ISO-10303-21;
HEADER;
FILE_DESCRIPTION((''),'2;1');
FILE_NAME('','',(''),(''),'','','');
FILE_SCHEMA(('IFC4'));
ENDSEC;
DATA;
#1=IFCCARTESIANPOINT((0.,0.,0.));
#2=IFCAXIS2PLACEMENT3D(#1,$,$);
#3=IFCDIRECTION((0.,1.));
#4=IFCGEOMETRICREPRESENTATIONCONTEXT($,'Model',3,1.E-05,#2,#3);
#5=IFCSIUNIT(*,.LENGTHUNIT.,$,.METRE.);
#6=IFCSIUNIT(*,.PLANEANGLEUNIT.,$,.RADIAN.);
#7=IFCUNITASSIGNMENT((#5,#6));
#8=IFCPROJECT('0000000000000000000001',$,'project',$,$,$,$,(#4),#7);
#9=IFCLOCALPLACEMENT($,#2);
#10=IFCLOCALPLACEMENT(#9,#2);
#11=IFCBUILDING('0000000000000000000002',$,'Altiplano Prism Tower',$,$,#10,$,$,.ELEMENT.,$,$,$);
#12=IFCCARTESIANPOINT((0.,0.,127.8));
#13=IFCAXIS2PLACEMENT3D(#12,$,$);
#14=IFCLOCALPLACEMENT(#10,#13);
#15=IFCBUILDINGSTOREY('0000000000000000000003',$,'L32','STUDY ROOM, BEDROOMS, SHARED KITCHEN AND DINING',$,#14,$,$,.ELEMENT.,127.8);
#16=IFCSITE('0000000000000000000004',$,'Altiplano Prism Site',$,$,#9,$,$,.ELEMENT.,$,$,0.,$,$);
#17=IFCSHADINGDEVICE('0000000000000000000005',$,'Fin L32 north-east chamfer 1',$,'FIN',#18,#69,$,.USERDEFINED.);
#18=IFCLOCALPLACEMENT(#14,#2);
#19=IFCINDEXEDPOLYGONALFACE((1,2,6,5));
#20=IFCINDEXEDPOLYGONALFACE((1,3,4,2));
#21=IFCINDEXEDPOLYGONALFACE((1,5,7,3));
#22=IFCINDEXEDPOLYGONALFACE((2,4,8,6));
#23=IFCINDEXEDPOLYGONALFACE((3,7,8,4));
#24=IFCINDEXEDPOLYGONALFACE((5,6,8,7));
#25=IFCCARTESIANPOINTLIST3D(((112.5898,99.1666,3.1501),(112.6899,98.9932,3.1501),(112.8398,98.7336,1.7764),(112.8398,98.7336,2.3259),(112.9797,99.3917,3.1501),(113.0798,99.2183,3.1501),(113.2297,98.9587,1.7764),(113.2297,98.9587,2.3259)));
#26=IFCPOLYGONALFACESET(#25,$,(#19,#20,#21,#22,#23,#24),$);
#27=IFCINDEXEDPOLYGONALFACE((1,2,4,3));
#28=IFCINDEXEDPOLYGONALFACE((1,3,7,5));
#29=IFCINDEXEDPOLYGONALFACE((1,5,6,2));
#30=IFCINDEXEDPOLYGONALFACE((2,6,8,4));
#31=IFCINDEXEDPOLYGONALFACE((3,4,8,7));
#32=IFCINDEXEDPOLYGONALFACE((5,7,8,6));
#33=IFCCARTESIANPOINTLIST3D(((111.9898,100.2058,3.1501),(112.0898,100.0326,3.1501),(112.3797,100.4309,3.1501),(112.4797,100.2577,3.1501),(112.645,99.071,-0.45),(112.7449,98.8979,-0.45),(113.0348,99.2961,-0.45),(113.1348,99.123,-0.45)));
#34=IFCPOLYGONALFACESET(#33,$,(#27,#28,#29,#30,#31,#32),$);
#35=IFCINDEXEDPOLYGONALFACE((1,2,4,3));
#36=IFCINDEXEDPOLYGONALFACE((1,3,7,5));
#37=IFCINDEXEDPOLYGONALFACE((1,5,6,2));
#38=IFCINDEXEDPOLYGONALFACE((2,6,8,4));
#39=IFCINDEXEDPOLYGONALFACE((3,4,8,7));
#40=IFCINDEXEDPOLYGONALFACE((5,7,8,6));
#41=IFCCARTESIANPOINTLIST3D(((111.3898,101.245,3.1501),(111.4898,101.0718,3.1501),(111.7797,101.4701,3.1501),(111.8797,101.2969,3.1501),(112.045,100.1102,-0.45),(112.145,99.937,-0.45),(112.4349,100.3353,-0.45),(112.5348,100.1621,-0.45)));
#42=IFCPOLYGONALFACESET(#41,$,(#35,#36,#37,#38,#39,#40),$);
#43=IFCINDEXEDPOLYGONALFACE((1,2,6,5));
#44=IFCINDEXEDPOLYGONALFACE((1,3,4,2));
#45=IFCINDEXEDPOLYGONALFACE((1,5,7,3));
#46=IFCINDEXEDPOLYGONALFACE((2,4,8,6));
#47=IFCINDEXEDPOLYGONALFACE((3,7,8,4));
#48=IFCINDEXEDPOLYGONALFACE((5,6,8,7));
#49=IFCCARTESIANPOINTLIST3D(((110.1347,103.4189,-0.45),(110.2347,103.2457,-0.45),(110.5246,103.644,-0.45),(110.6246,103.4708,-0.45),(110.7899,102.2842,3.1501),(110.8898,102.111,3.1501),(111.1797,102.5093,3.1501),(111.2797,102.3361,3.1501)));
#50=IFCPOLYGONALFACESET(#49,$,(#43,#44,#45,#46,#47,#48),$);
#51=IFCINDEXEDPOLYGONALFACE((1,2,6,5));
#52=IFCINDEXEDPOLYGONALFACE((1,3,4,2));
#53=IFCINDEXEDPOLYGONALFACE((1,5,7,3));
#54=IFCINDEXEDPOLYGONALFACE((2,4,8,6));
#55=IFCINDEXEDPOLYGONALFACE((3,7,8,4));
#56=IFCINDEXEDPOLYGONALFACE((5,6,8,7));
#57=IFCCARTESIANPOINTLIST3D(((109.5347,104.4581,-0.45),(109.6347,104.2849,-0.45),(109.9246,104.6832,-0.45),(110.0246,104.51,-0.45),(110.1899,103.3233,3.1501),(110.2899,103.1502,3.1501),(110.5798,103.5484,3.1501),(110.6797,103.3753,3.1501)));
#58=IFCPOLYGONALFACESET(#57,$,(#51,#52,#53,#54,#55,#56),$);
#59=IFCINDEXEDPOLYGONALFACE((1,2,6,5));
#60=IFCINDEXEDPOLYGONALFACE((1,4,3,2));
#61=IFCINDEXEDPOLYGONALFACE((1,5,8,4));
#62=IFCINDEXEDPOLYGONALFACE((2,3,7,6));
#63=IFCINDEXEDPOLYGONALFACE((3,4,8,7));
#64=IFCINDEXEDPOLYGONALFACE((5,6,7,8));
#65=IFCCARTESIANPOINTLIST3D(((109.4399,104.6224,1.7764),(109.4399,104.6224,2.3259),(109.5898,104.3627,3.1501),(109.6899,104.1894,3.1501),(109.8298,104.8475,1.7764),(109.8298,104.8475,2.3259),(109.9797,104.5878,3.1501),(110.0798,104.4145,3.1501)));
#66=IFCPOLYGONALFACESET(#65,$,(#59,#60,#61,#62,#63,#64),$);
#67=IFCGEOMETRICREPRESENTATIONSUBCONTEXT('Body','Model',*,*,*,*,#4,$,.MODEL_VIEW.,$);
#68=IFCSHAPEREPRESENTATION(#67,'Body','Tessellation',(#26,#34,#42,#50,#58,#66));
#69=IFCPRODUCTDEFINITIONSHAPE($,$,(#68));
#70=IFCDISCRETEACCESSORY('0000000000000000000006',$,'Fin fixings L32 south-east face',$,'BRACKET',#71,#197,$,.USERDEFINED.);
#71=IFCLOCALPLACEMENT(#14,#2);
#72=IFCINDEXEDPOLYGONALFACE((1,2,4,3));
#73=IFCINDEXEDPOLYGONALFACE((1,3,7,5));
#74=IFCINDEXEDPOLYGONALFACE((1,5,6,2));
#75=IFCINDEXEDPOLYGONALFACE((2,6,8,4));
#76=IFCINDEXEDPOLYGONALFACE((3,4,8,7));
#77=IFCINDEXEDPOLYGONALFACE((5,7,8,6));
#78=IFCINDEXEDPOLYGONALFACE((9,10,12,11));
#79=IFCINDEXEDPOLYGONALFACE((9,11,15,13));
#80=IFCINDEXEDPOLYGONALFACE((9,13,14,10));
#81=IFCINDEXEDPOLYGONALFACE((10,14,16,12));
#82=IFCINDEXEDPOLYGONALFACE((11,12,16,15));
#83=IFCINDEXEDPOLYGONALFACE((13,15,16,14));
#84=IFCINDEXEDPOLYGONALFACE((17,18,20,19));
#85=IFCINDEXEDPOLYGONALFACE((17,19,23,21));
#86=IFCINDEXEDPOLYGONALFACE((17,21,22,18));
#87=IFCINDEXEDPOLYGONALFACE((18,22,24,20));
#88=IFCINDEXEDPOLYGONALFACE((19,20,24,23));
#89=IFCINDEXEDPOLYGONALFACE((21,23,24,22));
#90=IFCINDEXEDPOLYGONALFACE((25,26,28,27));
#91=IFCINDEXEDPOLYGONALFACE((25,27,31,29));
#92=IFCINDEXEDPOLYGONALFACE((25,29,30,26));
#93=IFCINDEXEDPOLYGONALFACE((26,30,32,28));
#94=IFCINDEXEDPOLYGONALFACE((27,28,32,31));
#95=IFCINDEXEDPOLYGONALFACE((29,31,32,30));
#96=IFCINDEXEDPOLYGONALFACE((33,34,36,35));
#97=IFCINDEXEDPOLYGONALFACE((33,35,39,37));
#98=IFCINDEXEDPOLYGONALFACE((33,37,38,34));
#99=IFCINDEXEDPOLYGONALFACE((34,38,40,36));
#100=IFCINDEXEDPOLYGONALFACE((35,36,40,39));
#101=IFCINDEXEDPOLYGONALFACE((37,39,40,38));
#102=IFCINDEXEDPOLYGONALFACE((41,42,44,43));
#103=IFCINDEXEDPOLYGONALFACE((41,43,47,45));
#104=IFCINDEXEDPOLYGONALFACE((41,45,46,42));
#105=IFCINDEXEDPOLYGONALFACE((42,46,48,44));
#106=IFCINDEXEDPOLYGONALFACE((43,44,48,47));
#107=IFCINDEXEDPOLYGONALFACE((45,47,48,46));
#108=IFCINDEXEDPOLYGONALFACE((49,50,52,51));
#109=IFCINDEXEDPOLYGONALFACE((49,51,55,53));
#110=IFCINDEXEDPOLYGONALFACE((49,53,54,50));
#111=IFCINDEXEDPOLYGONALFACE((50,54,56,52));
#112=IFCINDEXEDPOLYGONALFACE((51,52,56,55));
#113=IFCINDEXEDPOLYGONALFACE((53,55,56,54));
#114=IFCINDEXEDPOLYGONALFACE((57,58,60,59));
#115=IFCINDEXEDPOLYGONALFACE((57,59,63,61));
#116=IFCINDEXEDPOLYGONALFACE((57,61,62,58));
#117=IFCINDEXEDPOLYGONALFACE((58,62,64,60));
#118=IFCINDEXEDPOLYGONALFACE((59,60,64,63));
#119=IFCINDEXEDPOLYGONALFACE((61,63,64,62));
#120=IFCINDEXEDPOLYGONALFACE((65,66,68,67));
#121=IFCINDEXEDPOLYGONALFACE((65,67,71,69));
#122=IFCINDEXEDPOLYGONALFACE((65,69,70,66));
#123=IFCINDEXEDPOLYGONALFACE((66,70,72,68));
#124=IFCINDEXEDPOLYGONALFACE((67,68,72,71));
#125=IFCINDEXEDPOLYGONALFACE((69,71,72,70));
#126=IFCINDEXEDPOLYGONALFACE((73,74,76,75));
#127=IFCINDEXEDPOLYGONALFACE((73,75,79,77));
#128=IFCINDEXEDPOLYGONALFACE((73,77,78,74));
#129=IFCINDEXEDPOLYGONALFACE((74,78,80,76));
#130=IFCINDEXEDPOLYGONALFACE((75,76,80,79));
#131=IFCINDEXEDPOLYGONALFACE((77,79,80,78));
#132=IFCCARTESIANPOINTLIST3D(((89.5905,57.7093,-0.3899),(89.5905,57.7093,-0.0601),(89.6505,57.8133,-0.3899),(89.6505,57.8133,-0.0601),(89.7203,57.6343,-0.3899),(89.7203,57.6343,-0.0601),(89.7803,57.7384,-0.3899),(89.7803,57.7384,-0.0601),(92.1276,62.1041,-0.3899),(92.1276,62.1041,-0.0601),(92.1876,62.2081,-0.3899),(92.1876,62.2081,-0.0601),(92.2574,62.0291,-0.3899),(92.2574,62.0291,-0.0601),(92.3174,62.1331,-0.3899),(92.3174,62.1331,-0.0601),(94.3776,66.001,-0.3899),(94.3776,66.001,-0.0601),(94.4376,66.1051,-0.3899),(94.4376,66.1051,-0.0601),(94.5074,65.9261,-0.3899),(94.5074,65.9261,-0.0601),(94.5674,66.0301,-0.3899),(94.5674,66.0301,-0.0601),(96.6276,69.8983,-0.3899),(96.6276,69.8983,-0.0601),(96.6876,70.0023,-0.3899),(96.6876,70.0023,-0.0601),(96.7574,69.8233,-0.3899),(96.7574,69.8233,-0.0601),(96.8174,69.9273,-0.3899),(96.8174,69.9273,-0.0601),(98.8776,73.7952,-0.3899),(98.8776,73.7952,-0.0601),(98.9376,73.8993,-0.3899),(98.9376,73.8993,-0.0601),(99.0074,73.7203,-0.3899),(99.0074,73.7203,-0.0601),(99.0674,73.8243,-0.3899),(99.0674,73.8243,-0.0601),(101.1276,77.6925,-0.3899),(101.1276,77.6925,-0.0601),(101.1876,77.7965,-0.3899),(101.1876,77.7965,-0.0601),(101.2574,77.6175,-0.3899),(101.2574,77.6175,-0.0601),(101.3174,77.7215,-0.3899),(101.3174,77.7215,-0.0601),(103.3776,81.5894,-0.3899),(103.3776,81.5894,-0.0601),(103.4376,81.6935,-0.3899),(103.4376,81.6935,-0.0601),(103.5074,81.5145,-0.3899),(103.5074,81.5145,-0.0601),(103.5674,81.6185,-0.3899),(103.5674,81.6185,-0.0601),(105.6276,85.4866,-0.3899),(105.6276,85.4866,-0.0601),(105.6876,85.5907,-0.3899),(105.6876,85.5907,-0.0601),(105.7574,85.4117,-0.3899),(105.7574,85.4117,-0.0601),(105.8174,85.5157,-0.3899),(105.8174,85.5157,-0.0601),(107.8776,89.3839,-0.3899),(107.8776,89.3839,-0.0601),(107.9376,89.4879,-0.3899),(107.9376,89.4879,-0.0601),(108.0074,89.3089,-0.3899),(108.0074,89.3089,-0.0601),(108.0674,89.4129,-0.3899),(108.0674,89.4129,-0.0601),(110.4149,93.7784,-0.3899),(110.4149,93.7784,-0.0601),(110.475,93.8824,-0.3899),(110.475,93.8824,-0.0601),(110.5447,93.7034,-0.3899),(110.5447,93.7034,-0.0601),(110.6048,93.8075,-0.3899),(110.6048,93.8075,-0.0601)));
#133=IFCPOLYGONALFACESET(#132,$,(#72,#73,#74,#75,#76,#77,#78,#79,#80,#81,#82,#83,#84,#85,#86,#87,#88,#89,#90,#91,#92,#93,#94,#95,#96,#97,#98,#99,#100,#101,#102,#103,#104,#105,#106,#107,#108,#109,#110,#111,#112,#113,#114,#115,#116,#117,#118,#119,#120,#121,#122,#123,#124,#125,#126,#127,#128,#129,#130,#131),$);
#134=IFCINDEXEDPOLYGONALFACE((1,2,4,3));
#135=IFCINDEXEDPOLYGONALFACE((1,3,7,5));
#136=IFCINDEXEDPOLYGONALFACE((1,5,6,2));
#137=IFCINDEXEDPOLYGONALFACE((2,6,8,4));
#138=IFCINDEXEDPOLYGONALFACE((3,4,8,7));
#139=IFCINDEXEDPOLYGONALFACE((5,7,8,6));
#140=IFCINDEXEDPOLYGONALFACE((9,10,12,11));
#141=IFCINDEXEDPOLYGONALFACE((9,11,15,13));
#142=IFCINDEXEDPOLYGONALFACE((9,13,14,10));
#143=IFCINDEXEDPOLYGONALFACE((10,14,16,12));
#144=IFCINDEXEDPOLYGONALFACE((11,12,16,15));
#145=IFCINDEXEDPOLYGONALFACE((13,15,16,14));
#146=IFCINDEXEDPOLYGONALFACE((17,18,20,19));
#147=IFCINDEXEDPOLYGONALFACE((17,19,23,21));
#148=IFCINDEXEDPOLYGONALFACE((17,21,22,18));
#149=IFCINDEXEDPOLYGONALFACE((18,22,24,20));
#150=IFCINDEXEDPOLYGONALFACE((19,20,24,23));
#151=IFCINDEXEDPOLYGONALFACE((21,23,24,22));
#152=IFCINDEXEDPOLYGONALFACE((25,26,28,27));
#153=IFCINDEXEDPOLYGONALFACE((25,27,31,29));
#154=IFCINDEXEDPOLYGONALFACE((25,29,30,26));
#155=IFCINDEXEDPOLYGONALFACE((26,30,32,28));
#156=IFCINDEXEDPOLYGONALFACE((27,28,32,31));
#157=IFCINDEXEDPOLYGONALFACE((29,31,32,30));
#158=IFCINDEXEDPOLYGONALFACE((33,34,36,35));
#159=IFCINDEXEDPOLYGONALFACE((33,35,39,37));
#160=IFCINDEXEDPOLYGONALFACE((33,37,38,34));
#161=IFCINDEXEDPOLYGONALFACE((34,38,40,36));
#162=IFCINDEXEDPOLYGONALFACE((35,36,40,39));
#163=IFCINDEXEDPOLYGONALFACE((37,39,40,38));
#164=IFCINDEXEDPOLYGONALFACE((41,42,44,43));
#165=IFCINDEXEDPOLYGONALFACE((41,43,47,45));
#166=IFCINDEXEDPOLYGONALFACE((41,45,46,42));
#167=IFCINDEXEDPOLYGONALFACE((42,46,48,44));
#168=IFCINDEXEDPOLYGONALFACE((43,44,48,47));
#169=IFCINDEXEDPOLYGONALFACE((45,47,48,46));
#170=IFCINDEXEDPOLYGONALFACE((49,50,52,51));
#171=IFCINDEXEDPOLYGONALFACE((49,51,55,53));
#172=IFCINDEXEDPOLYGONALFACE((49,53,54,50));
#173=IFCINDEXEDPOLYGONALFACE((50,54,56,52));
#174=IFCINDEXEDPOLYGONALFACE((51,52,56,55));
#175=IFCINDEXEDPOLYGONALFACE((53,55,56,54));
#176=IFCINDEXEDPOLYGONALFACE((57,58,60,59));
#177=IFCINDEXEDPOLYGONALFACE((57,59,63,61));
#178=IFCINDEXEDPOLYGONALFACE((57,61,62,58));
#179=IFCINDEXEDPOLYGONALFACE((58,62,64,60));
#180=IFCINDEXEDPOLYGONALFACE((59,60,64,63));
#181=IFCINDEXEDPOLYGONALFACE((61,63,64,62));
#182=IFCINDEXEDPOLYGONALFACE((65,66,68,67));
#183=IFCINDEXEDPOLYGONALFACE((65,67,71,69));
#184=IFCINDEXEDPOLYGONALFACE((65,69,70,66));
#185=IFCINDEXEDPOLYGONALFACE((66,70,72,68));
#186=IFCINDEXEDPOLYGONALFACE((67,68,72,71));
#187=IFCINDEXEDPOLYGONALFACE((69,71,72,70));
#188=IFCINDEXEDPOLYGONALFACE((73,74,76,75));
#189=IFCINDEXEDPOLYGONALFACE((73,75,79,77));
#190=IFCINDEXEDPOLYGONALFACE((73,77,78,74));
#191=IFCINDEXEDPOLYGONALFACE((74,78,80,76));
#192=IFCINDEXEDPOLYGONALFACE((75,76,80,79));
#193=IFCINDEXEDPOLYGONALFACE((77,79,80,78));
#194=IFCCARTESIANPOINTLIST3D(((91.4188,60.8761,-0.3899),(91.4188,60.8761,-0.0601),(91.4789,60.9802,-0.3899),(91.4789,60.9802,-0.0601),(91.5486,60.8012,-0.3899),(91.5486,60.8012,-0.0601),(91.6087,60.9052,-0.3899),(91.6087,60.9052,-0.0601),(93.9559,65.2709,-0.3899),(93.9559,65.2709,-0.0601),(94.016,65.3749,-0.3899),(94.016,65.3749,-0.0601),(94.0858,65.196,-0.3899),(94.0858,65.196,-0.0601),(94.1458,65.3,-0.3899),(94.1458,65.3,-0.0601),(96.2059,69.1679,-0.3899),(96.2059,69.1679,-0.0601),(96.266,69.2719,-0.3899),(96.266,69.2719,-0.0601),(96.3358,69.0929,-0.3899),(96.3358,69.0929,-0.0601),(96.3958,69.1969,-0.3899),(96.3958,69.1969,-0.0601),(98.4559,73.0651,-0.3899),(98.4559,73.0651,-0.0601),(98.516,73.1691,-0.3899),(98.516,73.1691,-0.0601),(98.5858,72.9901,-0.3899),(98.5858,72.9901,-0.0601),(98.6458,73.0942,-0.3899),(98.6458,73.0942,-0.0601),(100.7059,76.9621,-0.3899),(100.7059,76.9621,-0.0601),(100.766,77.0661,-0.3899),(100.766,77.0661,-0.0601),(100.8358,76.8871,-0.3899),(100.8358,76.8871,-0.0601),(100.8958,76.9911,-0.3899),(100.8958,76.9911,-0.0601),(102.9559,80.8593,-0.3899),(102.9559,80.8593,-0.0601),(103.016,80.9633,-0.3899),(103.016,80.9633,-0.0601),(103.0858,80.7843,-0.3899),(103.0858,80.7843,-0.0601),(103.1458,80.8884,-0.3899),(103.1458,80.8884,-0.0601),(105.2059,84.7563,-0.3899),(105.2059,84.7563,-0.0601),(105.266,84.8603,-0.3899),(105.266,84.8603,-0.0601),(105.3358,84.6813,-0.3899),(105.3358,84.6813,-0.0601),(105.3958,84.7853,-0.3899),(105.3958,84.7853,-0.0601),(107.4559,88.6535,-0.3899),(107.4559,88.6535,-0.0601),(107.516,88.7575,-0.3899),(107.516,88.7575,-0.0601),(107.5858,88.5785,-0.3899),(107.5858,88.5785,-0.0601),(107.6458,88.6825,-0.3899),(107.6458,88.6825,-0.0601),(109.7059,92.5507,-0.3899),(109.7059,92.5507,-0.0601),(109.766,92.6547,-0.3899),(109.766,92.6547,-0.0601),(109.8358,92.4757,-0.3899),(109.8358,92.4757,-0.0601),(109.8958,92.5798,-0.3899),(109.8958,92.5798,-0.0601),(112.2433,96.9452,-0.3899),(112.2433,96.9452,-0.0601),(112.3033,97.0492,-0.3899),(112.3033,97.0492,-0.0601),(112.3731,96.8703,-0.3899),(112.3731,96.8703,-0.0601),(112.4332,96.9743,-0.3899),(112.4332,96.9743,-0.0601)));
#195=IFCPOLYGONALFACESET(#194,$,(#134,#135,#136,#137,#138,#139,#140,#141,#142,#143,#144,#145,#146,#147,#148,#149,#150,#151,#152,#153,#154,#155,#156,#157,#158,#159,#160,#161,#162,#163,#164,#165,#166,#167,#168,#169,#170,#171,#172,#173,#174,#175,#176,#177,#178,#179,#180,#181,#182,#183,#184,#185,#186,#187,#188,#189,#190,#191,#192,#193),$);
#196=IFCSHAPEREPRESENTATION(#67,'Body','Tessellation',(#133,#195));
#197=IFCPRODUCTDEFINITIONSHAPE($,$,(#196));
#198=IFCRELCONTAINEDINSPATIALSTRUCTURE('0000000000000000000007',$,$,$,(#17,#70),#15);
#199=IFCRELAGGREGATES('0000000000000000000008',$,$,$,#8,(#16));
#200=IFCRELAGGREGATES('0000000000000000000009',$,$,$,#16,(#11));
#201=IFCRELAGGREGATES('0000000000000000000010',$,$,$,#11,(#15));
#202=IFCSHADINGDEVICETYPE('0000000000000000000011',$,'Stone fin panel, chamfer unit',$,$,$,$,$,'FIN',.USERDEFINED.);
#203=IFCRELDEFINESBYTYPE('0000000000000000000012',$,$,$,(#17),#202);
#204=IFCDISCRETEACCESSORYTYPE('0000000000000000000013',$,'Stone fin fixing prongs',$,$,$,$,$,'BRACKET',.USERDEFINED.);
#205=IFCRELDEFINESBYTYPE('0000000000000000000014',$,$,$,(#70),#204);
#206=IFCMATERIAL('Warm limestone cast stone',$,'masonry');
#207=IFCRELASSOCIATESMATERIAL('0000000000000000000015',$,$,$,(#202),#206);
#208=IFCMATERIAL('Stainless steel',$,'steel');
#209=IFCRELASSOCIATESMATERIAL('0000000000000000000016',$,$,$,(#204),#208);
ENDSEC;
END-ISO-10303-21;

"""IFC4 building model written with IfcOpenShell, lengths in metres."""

from ifc_helpers import new_model, si_unit, direction, frame, origin, place, context, subcontext, project, spatial, polyline, outline, extrude, source, transform, mapped, material, type_object, element, save


model = new_model("IFC4")

# Units and contexts
model_context = context("Model", 3, precision=1e-05, world=origin(), true_north=direction((0.0, 1.0)))
body_context = subcontext(model_context, "Body", "Model", "MODEL_VIEW")
ifc_project = project(units=[si_unit("LENGTHUNIT", "METRE"), si_unit("PLANEANGLEUNIT", "RADIAN")], contexts=[model_context])

# Site, building, storey
site_placement = place(None, origin())
site = spatial("IfcSite", under=ifc_project, at=site_placement, Name="Altiplano Prism Site", CompositionType="ELEMENT", RefElevation=0.0)
building_placement = place(site_placement, origin())
building = spatial("IfcBuilding", under=site, at=building_placement, Name="Altiplano Prism Tower", CompositionType="ELEMENT")
storey_placement = place(building_placement, frame((0.0, 0.0, 127.8)))
storey = spatial("IfcBuildingStorey", under=building, at=storey_placement, Name="L32", Description="STUDY ROOM, BEDROOMS, SHARED KITCHEN AND DINING", CompositionType="ELEMENT", Elevation=127.8)

# Shading device
ifc_material_1 = material(Name="Warm limestone cast stone", Category="masonry")
shading_device_type_1 = type_object("IfcShadingDeviceType", Name="Stone fin panel, chamfer unit", ElementType="FIN", PredefinedType="USERDEFINED", material=ifc_material_1)
shared_shape_1 = source(origin(), body_context, "Body", "SweptSolid", [
    extrude(outline(polyline([(-3.3999, 2.2263), (-2.8999, 3.6001), (-3.1001, 3.6001), (-3.3999, 2.7759), (-3.3999, 2.2263)])), frame((0.0, -0.1499, 0.0), z_axis=(0.0, -1.0, 0.0), x_axis=(1.0, 0.0, 0.0)), (0.0, 0.0, 1.0), 0.4502),
    extrude(outline(polyline([(-3.2102, 0.0), (-3.0103, 0.0), (-1.7, 3.6001), (-1.8999, 3.6001), (-3.2102, 0.0)])), frame((0.0, -0.1499, 0.0), z_axis=(0.0, -1.0, 0.0), x_axis=(1.0, 0.0, 0.0)), (0.0, 0.0, 1.0), 0.4502),
    extrude(outline(polyline([(-2.0103, 0.0), (-1.8103, 0.0), (-0.5, 3.6001), (-0.7, 3.6001), (-2.0103, 0.0)])), frame((0.0, -0.1499, 0.0), z_axis=(0.0, -1.0, 0.0), x_axis=(1.0, 0.0, 0.0)), (0.0, 0.0, 1.0), 0.4502),
    extrude(outline(polyline([(1.8103, 0.0), (2.0103, 0.0), (0.7, 3.6001), (0.5, 3.6001), (1.8103, 0.0)])), frame((0.0, -0.1499, 0.0), z_axis=(0.0, -1.0, 0.0), x_axis=(1.0, 0.0, 0.0)), (0.0, 0.0, 1.0), 0.4502),
    extrude(outline(polyline([(3.0103, 0.0), (3.2102, 0.0), (1.8999, 3.6001), (1.7, 3.6001), (3.0103, 0.0)])), frame((0.0, -0.1499, 0.0), z_axis=(0.0, -1.0, 0.0), x_axis=(1.0, 0.0, 0.0)), (0.0, 0.0, 1.0), 0.4502),
    extrude(outline(polyline([(3.3999, 2.7759), (3.1001, 3.6001), (2.8999, 3.6001), (3.3999, 2.2263), (3.3999, 2.7759)])), frame((0.0, -0.1499, 0.0), z_axis=(0.0, -1.0, 0.0), x_axis=(1.0, 0.0, 0.0)), (0.0, 0.0, 1.0), 0.4502),
])
shading_device_1_placement = place(storey_placement, origin())
element("IfcShadingDevice", 1, at=shading_device_1_placement, inside=storey, type_object=shading_device_type_1, Name="Fin L32 north-east chamfer 1", ObjectType="FIN", PredefinedType="USERDEFINED", context=body_context, shape_type="MappedRepresentation", body=[
    mapped(shared_shape_1, transform((111.01, 101.603, -0.45), x_axis=(-0.5, 0.866025, 0.0), y_axis=(-0.866025, -0.5, 0.0), z_axis=(0.0, 0.0, 1.0))),
])

# Discrete accessory
ifc_material_2 = material(Name="Stainless steel", Category="steel")
discrete_accessory_type = type_object("IfcDiscreteAccessoryType", Name="Stone fin fixing prongs", ElementType="BRACKET", PredefinedType="USERDEFINED", material=ifc_material_2)
shared_shape_2 = source(origin(), body_context, "Body", "SweptSolid", [
    extrude(outline(polyline([(-1.8884, 0.0601), (-1.7683, 0.0601), (-1.7683, 0.3899), (-1.8884, 0.3899), (-1.8884, 0.0601)])), frame((0.0, 0.0, 0.0), z_axis=(0.0, -1.0, 0.0), x_axis=(1.0, 0.0, 0.0)), (0.0, 0.0, 1.0), 0.1499),
    extrude(outline(polyline([(1.7683, 0.0601), (1.8884, 0.0601), (1.8884, 0.3899), (1.7683, 0.3899), (1.7683, 0.0601)])), frame((0.0, 0.0, 0.0), z_axis=(0.0, -1.0, 0.0), x_axis=(1.0, 0.0, 0.0)), (0.0, 0.0, 1.0), 0.1499),
])
shared_shape_3 = source(origin(), body_context, "Body", "SweptSolid", [
    extrude(outline(polyline([(-1.8884, 0.0601), (-1.7683, 0.0601), (-1.7683, 0.3899), (-1.8884, 0.3899), (-1.8884, 0.0601)])), frame((0.0, 0.0, 0.0), z_axis=(0.0, -1.0, 0.0), x_axis=(1.0, 0.0, 0.0)), (0.0, 0.0, 1.0), 0.1499),
    extrude(outline(polyline([(1.7683, 0.0601), (1.8884, 0.0601), (1.8884, 0.3899), (1.7683, 0.3899), (1.7683, 0.0601)])), frame((0.0, 0.0, 0.0), z_axis=(0.0, -1.0, 0.0), x_axis=(1.0, 0.0, 0.0)), (0.0, 0.0, 1.0), 0.1499),
])
discrete_accessory_1_placement = place(storey_placement, origin())
element("IfcDiscreteAccessory", 2, at=discrete_accessory_1_placement, inside=storey, type_object=discrete_accessory_type, Name="Fin fixings L32 south-east face", ObjectType="BRACKET", PredefinedType="USERDEFINED", context=body_context, shape_type="MappedRepresentation", body=[
    mapped(shared_shape_2, transform((90.5347, 59.3447, -0.45), x_axis=(0.5, 0.866025, 0.0), y_axis=(-0.866025, 0.5, 0.0), z_axis=(0.0, 0.0, 1.0))),
    mapped(shared_shape_3, transform((93.0718, 63.7395, -0.45), x_axis=(0.5, 0.866025, 0.0), y_axis=(-0.866025, 0.5, 0.0), z_axis=(0.0, 0.0, 1.0))),
    mapped(shared_shape_3, transform((95.3218, 67.6365, -0.45), x_axis=(0.5, 0.866025, 0.0), y_axis=(-0.866025, 0.5, 0.0), z_axis=(0.0, 0.0, 1.0))),
    mapped(shared_shape_3, transform((97.5718, 71.5337, -0.45), x_axis=(0.5, 0.866025, 0.0), y_axis=(-0.866025, 0.5, 0.0), z_axis=(0.0, 0.0, 1.0))),
    mapped(shared_shape_3, transform((99.8218, 75.4307, -0.45), x_axis=(0.5, 0.866025, 0.0), y_axis=(-0.866025, 0.5, 0.0), z_axis=(0.0, 0.0, 1.0))),
    mapped(shared_shape_3, transform((102.0718, 79.3279, -0.45), x_axis=(0.5, 0.866025, 0.0), y_axis=(-0.866025, 0.5, 0.0), z_axis=(0.0, 0.0, 1.0))),
    mapped(shared_shape_3, transform((104.3218, 83.2249, -0.45), x_axis=(0.5, 0.866025, 0.0), y_axis=(-0.866025, 0.5, 0.0), z_axis=(0.0, 0.0, 1.0))),
    mapped(shared_shape_3, transform((106.5718, 87.1221, -0.45), x_axis=(0.5, 0.866025, 0.0), y_axis=(-0.866025, 0.5, 0.0), z_axis=(0.0, 0.0, 1.0))),
    mapped(shared_shape_3, transform((108.8218, 91.0193, -0.45), x_axis=(0.5, 0.866025, 0.0), y_axis=(-0.866025, 0.5, 0.0), z_axis=(0.0, 0.0, 1.0))),
    mapped(shared_shape_2, transform((111.3591, 95.4138, -0.45), x_axis=(0.5, 0.866025, 0.0), y_axis=(-0.866025, 0.5, 0.0), z_axis=(0.0, 0.0, 1.0))),
])

save(model, "model.ifc")
